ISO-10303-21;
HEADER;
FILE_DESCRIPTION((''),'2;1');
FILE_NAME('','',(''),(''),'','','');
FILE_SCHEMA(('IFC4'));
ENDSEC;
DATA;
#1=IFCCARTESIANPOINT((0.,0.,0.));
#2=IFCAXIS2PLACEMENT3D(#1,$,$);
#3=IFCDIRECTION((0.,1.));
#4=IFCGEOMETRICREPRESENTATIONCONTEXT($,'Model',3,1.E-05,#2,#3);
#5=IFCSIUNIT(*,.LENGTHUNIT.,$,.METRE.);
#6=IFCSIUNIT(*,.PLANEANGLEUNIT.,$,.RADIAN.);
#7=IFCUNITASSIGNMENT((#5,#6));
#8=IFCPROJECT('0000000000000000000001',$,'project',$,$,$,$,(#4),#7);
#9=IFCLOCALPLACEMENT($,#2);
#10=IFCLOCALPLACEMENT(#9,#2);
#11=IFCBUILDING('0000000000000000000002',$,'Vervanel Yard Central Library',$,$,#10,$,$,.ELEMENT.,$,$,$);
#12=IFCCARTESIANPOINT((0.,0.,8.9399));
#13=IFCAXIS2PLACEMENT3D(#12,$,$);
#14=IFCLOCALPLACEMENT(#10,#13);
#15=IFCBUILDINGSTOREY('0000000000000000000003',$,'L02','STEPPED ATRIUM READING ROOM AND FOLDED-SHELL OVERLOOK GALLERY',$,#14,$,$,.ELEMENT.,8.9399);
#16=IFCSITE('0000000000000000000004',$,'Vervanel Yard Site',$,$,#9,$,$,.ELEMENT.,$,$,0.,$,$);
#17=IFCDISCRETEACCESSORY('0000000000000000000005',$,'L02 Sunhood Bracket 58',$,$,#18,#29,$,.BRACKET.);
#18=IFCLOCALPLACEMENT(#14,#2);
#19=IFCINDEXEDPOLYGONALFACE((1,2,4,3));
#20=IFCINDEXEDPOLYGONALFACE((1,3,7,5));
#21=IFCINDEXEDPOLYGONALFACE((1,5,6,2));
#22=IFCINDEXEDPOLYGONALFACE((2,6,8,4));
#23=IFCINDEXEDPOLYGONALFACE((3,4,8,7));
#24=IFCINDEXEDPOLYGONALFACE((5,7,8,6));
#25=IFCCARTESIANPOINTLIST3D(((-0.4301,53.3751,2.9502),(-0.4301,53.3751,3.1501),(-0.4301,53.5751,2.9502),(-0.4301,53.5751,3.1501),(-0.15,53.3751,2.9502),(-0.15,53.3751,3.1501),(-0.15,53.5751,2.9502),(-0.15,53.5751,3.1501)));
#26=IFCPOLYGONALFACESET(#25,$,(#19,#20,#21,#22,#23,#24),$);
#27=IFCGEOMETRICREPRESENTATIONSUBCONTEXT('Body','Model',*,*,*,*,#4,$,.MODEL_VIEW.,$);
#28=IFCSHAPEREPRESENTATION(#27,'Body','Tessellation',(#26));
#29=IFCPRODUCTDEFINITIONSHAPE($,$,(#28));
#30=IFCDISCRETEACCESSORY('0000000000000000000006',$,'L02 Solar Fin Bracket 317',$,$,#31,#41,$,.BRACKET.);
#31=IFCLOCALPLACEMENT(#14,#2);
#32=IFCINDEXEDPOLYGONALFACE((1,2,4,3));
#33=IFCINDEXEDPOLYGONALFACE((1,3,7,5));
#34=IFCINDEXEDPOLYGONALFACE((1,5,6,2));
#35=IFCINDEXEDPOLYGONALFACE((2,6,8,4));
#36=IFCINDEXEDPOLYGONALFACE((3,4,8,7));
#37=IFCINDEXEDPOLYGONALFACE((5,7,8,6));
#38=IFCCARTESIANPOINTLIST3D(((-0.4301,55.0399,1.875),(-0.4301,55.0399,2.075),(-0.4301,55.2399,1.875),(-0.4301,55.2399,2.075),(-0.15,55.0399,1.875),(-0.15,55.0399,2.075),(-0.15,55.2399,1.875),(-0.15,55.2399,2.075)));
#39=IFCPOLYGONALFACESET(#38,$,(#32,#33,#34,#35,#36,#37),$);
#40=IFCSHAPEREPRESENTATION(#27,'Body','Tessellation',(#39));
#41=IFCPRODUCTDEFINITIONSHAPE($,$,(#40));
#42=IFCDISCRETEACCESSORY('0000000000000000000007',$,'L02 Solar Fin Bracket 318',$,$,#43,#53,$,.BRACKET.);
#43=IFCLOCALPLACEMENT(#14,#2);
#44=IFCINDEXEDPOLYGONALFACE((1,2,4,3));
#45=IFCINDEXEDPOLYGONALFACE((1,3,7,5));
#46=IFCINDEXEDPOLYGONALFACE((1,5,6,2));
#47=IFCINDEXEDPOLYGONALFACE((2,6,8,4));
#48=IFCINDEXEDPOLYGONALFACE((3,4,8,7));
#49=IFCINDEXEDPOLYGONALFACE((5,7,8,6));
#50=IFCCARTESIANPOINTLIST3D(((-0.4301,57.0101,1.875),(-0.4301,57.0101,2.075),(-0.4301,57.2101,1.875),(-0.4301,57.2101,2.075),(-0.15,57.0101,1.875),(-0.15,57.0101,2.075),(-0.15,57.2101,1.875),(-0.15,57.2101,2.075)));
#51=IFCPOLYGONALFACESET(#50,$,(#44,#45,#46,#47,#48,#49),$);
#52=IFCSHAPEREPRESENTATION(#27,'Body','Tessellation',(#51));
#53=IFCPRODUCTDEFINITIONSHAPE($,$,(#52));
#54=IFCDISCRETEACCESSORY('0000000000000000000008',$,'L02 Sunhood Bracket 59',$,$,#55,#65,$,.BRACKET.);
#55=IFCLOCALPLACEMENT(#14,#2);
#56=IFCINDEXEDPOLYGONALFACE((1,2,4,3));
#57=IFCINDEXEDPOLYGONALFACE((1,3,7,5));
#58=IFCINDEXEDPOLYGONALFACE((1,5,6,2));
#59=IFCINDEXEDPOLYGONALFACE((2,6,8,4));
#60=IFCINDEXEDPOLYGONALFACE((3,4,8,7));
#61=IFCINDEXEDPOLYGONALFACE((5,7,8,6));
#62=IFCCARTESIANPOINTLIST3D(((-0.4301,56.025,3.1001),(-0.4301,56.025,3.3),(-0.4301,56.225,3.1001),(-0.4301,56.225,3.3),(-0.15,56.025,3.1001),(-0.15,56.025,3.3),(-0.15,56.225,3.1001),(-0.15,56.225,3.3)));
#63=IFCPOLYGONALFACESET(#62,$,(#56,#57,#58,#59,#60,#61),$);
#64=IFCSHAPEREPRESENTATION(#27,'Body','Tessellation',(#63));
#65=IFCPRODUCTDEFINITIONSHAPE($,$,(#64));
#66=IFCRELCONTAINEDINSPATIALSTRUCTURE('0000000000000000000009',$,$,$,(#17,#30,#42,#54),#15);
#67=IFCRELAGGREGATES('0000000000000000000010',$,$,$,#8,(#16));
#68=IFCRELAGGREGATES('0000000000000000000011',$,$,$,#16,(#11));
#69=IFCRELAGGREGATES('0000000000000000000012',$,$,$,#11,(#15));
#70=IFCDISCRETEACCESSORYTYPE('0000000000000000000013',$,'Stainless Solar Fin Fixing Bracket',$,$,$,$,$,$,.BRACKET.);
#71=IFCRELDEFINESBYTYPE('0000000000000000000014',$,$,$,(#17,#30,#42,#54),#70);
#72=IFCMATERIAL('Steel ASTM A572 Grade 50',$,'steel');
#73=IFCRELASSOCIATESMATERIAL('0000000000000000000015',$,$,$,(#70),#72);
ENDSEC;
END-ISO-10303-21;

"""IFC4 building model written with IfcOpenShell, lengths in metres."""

from ifc_helpers import new_model, si_unit, direction, frame, origin, origin_2d, place, context, subcontext, project, spatial, rectangle, extrude, material, type_object, element, save


model = new_model("IFC4")

# Units and contexts
model_context = context("Model", 3, precision=1e-05, world=origin(), true_north=direction((0.0, 1.0)))
body_context = subcontext(model_context, "Body", "Model", "MODEL_VIEW")
ifc_project = project(units=[si_unit("LENGTHUNIT", "METRE"), si_unit("PLANEANGLEUNIT", "RADIAN")], contexts=[model_context])

# Site, building, storey
site_placement = place(None, origin())
site = spatial("IfcSite", under=ifc_project, at=site_placement, Name="Vervanel Yard Site", CompositionType="ELEMENT", RefElevation=0.0)
building_placement = place(site_placement, origin())
building = spatial("IfcBuilding", under=site, at=building_placement, Name="Vervanel Yard Central Library", CompositionType="ELEMENT")
storey_placement = place(building_placement, frame((0.0, 0.0, 8.9399)))
storey = spatial("IfcBuildingStorey", under=building, at=storey_placement, Name="L02", Description="STEPPED ATRIUM READING ROOM AND FOLDED-SHELL OVERLOOK GALLERY", CompositionType="ELEMENT", Elevation=8.9399)

# Discrete accessories
ifc_material_1 = material(Name="Steel ASTM A572 Grade 50", Category="steel")
discrete_accessory_type = type_object("IfcDiscreteAccessoryType", Name="Stainless Solar Fin Fixing Bracket", PredefinedType="BRACKET", material=ifc_material_1)
for number, where, z_axis, x_axis, name in (
    (1, (-0.29, 53.4751, 2.9502), (0.0, 0.0, 1.0), (0.0, 1.0, 0.0), "L02 Sunhood Bracket 58"),
    (2, (-0.29, 55.1399, 1.875), (0.0, 0.0, 1.0), (0.0, 1.0, 0.0), "L02 Solar Fin Bracket 317"),
    (3, (-0.29, 57.1101, 1.875), (0.0, 0.0, 1.0), (0.0, 1.0, 0.0), "L02 Solar Fin Bracket 318"),
    (4, (-0.29, 56.125, 3.1001), (0.0, 0.0, 1.0), (0.0, 1.0, 0.0), "L02 Sunhood Bracket 59"),
):
    element("IfcDiscreteAccessory", number, at=place(storey_placement, frame(where, z_axis=z_axis, x_axis=x_axis)), inside=storey, type_object=discrete_accessory_type, Name=name, PredefinedType="BRACKET", context=body_context, shape_type="SweptSolid", body=[
        extrude(rectangle(XDim=0.2, YDim=0.28, at=origin_2d()), origin(), (0.0, 0.0, 1.0), 0.2),
    ])

save(model, "model.ifc")
